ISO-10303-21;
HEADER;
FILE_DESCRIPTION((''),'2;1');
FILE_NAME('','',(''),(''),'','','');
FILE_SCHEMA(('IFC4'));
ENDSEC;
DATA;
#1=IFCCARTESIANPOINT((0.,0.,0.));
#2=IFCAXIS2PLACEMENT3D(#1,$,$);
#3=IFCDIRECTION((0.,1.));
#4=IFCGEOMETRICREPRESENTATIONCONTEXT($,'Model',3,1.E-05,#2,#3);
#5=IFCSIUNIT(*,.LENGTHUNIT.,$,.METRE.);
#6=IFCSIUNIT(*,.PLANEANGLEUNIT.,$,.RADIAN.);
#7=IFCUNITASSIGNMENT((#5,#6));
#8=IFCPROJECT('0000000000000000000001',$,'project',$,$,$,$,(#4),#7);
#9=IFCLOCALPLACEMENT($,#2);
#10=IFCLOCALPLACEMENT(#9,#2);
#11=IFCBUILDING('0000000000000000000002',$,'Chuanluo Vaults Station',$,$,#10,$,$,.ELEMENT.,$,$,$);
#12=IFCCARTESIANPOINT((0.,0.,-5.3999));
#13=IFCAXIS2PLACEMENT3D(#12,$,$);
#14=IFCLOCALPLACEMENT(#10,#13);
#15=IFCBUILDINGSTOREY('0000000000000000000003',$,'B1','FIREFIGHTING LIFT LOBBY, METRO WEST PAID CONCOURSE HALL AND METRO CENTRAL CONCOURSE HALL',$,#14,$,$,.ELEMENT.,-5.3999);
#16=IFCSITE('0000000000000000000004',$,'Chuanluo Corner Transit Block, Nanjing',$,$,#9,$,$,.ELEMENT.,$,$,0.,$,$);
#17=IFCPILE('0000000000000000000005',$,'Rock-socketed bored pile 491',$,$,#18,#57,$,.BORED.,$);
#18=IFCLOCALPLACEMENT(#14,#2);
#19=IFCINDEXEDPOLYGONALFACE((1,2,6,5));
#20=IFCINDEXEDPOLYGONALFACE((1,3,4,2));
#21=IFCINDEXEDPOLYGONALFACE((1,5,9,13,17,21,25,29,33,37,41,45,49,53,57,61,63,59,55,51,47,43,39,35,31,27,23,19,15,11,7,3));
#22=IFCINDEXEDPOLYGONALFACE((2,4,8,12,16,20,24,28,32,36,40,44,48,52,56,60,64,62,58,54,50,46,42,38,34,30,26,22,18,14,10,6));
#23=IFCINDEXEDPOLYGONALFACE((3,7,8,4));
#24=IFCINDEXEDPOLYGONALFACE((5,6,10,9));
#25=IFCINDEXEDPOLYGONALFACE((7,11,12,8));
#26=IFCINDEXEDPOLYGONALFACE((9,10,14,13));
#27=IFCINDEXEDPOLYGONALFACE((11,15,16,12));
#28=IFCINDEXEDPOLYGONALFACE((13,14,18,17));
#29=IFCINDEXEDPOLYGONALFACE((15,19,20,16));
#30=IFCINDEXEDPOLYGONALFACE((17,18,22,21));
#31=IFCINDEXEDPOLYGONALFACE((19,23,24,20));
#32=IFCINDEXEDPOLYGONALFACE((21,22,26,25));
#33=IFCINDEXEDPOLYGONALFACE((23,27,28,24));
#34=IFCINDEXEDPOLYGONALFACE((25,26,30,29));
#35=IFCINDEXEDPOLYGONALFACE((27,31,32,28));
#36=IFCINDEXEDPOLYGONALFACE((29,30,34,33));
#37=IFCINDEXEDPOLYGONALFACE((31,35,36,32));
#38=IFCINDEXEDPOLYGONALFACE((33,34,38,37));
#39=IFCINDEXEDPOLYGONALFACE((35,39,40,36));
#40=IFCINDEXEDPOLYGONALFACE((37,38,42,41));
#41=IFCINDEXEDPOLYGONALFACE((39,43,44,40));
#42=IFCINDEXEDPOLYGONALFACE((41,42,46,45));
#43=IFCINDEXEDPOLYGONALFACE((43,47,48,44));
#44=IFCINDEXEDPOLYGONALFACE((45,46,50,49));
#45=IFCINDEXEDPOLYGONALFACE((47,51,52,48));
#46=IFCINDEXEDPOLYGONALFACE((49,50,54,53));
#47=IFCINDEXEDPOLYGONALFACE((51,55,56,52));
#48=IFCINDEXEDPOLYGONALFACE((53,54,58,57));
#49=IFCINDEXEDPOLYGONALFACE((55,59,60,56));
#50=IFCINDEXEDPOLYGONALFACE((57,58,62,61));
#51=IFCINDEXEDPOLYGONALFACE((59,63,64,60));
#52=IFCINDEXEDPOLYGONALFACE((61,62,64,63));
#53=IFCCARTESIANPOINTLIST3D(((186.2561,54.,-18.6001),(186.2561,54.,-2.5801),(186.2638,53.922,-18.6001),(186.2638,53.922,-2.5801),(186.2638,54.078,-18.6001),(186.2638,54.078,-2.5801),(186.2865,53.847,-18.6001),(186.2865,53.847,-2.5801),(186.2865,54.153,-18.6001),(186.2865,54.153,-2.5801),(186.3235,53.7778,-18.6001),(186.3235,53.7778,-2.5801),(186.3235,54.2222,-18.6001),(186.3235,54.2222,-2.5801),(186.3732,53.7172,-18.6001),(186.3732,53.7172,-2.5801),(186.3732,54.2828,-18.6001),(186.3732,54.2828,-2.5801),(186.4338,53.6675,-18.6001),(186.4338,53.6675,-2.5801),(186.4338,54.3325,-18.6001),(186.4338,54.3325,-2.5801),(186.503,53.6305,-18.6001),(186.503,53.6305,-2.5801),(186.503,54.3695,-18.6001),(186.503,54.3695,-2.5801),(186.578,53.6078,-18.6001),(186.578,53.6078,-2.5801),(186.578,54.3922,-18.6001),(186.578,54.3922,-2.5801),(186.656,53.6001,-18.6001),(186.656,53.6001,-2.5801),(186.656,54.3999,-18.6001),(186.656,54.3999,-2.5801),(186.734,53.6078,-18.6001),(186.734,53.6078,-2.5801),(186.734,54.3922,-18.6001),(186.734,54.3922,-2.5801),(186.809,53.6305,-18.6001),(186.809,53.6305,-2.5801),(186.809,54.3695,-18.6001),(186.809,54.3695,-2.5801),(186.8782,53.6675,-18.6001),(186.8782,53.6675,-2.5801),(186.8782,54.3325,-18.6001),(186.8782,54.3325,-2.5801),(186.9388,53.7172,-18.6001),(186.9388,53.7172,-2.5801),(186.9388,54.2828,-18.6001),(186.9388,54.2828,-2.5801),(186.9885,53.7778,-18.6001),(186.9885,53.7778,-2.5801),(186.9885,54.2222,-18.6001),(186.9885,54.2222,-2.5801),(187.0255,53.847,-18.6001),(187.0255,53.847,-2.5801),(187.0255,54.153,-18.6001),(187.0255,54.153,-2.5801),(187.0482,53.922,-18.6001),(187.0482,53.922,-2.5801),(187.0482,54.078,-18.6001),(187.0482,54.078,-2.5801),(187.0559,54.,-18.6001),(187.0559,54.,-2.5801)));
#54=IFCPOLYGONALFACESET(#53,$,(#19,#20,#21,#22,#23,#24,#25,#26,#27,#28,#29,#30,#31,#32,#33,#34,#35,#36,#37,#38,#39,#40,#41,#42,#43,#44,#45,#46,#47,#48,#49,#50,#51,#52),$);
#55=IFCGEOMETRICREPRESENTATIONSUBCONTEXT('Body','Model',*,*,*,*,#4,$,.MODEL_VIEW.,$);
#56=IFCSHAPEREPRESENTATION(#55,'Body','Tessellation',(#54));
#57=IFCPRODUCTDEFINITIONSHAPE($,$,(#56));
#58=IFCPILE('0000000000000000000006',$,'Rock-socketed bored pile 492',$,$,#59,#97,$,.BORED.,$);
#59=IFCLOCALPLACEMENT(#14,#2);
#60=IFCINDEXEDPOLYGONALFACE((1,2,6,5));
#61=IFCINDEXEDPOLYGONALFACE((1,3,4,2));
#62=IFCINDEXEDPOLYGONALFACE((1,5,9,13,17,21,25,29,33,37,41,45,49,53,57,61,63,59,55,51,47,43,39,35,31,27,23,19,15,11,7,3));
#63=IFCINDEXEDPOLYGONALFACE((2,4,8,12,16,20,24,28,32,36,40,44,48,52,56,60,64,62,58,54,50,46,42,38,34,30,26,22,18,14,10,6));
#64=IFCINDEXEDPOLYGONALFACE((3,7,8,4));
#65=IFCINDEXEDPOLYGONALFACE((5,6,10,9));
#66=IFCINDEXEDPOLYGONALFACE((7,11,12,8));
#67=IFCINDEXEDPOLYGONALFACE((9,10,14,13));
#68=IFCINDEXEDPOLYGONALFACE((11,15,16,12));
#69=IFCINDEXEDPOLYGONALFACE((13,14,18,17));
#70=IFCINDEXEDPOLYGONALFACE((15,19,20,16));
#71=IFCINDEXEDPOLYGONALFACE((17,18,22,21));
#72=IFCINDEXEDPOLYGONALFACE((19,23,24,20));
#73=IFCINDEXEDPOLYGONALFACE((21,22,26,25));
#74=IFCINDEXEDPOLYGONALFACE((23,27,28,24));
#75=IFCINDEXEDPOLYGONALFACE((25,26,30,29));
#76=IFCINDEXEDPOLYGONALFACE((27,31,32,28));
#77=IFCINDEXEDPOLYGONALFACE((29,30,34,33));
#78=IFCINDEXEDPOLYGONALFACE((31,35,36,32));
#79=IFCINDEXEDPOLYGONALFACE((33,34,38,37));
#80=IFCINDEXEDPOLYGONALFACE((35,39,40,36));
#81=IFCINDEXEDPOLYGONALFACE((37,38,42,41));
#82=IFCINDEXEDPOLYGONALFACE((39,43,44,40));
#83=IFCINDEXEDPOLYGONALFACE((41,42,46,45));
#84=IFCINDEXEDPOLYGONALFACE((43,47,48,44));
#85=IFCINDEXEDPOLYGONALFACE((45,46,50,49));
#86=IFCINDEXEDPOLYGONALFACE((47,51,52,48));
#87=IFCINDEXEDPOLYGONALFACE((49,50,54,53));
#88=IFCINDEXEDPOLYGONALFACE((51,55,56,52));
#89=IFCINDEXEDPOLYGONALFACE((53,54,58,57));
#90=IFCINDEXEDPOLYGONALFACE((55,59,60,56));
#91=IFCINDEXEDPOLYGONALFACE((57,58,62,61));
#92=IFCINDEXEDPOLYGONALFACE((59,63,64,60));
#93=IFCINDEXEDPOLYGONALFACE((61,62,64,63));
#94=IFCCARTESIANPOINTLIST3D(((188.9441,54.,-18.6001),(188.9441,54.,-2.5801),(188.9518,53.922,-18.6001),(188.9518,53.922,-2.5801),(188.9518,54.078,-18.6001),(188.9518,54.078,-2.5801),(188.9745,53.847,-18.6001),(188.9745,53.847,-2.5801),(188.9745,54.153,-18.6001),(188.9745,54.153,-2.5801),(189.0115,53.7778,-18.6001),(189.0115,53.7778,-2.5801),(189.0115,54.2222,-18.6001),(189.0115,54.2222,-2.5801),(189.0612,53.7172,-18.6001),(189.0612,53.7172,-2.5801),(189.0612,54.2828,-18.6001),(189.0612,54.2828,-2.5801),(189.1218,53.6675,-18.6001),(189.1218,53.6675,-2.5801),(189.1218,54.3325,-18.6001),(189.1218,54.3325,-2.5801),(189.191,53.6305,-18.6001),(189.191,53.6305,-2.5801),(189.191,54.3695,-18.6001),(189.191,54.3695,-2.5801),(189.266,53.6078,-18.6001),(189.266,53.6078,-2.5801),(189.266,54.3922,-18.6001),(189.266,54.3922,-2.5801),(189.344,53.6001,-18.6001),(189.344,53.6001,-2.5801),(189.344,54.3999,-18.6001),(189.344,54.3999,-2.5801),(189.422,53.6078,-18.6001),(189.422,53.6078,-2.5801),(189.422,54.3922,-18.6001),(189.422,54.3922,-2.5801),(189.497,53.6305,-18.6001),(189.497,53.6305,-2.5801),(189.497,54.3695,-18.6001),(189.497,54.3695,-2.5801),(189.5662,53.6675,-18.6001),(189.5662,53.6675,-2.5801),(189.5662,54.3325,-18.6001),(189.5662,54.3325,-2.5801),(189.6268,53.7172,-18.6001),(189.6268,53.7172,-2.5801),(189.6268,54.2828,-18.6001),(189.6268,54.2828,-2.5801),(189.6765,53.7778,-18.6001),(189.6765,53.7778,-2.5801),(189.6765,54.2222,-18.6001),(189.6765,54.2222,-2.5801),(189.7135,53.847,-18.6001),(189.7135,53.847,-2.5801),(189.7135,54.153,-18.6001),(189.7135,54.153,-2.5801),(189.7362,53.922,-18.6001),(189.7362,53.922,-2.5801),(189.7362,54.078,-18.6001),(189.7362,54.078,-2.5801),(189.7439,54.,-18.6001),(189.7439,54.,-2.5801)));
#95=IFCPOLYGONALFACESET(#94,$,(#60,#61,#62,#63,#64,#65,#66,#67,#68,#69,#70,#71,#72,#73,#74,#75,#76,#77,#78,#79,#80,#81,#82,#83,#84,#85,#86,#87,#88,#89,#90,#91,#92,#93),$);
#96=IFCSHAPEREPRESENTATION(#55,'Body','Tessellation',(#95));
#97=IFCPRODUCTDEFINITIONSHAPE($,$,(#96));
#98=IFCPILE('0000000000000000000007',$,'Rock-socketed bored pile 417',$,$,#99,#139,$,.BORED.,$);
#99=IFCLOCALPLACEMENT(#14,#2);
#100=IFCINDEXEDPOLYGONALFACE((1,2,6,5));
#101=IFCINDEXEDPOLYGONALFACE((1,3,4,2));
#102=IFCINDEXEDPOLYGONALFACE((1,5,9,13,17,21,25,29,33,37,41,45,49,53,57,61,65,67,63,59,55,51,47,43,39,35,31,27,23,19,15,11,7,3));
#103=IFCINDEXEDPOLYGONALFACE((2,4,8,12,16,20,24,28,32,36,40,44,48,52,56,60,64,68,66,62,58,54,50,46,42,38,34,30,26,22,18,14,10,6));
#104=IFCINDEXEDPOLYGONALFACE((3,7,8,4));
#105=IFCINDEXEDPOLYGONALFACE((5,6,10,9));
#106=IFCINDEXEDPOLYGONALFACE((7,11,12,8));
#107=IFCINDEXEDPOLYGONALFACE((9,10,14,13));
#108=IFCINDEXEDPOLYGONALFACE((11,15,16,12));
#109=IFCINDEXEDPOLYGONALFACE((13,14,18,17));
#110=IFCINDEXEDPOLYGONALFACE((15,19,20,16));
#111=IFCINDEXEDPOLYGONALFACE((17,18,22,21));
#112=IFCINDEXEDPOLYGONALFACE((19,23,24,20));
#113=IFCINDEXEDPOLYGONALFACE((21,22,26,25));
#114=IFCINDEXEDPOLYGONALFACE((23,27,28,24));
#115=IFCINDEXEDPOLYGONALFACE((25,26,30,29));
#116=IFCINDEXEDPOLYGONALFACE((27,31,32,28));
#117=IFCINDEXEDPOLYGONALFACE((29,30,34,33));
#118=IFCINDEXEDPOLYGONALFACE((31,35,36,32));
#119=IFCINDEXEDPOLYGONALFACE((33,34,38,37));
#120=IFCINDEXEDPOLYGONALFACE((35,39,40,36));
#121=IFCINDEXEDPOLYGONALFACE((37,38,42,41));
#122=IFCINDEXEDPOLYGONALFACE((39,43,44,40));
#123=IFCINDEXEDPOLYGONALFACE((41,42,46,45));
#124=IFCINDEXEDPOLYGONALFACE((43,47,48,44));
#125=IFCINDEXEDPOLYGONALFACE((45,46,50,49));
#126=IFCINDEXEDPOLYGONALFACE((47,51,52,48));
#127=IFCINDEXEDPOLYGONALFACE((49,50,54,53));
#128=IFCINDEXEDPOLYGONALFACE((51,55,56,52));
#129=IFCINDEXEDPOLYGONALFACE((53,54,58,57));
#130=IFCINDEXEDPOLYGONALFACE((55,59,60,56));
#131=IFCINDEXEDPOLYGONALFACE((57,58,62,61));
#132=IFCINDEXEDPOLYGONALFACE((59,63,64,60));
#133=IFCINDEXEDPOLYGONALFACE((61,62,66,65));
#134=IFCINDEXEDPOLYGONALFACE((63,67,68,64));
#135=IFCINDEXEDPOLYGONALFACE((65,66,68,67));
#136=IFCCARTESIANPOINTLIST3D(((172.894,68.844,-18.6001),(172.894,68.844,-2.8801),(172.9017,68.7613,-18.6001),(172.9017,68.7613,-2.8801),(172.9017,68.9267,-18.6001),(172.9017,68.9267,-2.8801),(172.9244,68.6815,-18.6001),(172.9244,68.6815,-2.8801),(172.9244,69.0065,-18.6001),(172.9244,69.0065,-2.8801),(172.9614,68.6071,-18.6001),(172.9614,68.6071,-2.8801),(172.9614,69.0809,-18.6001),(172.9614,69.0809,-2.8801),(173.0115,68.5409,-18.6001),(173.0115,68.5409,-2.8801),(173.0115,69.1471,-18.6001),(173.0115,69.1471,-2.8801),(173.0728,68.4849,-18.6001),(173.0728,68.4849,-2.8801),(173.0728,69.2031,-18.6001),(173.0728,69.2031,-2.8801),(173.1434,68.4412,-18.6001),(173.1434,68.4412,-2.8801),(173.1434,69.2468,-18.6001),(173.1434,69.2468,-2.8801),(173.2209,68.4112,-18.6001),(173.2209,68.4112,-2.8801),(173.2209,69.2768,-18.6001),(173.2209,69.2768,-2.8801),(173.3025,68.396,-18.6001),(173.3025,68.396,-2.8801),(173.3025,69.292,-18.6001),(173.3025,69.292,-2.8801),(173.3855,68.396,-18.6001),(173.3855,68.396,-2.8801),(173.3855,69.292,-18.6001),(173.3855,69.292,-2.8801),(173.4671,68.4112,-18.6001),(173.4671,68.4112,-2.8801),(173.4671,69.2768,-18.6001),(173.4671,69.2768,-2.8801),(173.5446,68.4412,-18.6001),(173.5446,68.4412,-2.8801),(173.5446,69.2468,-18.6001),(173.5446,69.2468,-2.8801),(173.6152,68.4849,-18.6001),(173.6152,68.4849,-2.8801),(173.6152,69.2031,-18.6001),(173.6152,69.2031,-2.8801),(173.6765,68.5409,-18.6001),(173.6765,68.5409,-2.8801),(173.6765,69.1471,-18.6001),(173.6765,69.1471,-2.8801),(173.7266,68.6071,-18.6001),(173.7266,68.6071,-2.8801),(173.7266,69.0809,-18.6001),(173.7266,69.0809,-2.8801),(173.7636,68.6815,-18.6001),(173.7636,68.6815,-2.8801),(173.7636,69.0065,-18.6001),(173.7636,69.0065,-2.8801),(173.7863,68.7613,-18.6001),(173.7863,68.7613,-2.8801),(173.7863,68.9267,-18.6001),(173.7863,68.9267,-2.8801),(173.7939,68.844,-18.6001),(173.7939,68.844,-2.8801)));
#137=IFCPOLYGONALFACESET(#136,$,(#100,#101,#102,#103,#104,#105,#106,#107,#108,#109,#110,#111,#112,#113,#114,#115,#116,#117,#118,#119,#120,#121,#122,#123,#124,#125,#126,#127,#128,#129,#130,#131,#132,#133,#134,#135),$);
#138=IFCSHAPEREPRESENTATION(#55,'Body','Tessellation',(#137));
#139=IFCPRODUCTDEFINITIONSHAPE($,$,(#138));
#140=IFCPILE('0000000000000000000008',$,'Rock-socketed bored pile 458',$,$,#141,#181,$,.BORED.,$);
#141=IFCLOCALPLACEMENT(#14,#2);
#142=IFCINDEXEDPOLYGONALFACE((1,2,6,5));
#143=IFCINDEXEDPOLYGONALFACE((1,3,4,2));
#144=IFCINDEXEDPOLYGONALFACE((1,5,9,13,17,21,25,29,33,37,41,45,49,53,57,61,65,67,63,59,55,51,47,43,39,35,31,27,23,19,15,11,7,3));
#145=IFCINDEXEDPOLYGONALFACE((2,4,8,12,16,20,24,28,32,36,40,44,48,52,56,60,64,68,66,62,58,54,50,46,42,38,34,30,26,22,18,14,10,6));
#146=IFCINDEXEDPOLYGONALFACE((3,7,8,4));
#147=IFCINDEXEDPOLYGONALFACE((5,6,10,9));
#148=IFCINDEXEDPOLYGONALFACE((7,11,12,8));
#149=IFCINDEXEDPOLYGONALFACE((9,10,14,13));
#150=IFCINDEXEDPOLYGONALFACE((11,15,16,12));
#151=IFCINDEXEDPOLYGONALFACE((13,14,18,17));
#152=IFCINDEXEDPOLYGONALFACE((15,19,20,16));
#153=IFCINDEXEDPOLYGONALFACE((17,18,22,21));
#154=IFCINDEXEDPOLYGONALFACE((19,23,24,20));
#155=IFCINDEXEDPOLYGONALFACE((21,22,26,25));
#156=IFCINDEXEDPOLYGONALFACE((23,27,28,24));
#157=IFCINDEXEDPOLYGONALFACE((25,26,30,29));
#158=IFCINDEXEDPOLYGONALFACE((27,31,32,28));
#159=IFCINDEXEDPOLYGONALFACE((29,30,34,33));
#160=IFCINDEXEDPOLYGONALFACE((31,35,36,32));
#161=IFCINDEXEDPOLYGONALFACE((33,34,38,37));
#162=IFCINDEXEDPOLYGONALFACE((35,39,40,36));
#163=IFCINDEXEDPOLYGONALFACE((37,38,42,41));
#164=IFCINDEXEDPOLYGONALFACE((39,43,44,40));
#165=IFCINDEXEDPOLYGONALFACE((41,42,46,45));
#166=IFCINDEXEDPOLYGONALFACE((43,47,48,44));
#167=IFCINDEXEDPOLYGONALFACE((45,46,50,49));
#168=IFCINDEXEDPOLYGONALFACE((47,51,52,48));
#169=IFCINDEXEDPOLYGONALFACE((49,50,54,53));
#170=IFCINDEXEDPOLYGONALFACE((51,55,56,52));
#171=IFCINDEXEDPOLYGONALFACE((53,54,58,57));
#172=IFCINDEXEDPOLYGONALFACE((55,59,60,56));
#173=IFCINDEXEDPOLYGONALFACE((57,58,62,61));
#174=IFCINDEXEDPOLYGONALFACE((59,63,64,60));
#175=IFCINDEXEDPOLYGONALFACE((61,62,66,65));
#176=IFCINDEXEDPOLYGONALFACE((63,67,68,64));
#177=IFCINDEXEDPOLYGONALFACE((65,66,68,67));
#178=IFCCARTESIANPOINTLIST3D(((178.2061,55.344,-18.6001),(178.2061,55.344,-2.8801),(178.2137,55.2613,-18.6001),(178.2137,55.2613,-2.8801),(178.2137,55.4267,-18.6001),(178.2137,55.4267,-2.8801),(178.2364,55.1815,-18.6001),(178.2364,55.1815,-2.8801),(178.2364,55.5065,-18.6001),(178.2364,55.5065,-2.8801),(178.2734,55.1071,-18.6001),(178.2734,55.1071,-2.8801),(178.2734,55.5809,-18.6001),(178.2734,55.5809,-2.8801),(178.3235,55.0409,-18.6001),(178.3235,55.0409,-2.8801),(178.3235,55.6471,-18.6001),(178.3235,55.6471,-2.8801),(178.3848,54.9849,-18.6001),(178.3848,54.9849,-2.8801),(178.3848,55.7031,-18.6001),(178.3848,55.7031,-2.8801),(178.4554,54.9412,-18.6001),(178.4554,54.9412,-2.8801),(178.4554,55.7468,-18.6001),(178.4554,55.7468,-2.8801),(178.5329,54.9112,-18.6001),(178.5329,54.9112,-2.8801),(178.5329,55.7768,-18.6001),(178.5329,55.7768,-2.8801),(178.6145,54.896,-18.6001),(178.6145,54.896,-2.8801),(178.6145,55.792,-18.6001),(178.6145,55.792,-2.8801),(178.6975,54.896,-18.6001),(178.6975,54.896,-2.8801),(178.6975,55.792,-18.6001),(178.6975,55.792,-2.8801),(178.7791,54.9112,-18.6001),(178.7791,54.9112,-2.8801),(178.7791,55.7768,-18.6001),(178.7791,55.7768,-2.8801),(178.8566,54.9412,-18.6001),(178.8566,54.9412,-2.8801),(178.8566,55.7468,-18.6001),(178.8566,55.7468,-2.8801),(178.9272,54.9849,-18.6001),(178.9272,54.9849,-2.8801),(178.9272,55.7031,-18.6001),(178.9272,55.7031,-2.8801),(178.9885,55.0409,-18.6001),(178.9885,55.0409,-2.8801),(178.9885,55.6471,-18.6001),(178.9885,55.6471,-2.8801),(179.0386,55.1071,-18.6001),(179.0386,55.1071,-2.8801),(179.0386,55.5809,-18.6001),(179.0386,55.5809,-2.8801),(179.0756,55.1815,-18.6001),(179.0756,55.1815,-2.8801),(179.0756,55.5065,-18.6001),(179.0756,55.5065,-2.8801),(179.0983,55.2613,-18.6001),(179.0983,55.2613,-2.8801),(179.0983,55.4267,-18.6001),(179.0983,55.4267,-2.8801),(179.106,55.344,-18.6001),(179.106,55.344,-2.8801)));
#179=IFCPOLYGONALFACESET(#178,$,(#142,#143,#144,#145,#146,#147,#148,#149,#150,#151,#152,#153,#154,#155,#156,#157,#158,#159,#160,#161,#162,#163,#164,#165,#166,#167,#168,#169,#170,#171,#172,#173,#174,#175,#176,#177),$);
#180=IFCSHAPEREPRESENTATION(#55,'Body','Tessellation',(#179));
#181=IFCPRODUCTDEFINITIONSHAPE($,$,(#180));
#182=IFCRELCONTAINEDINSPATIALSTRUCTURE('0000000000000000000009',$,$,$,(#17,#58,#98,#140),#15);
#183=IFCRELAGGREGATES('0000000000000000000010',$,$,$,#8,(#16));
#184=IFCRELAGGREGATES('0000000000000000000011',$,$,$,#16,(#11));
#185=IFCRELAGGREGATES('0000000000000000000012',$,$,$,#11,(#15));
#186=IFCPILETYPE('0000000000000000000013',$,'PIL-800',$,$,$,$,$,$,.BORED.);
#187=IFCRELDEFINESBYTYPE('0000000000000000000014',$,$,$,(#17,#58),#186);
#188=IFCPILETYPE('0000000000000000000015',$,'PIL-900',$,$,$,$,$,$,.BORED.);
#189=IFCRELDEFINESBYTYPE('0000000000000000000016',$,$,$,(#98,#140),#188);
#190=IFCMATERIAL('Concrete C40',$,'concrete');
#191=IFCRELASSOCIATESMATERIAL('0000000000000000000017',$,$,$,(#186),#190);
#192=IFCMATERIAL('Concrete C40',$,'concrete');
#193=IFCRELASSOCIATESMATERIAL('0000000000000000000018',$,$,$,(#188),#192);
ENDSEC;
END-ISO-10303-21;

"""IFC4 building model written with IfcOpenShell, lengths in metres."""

from ifc_helpers import new_model, si_unit, direction, frame, origin, origin_2d, place, context, subcontext, project, spatial, circle, extrude, material, material_profile, profile_set, type_object, element, save


model = new_model("IFC4")

# Units and contexts
model_context = context("Model", 3, precision=1e-05, world=origin(), true_north=direction((0.0, 1.0)))
body_context = subcontext(model_context, "Body", "Model", "MODEL_VIEW")
ifc_project = project(units=[si_unit("LENGTHUNIT", "METRE"), si_unit("PLANEANGLEUNIT", "RADIAN")], contexts=[model_context])

# Site, building, storey
site_placement = place(None, origin())
site = spatial("IfcSite", under=ifc_project, at=site_placement, Name="Chuanluo Corner Transit Block, Nanjing", CompositionType="ELEMENT", RefElevation=0.0)
building_placement = place(site_placement, origin())
building = spatial("IfcBuilding", under=site, at=building_placement, Name="Chuanluo Vaults Station", CompositionType="ELEMENT")
storey_placement = place(building_placement, frame((0.0, 0.0, -5.3999)))
storey = spatial("IfcBuildingStorey", under=building, at=storey_placement, Name="B1", Description="FIREFIGHTING LIFT LOBBY, METRO WEST PAID CONCOURSE HALL AND METRO CENTRAL CONCOURSE HALL", CompositionType="ELEMENT", Elevation=-5.3999)

# Piles
ifc_material_1 = material(Name="Concrete C40", Category="concrete")
ifc_material_profile_1 = material_profile(ifc_material_1, circle(Radius=0.3999, at=origin_2d()))
ifc_profile_set_1 = profile_set([ifc_material_profile_1], Name="Concrete C40")
pile_type_1 = type_object("IfcPileType", Name="PIL-800", PredefinedType="BORED", material=ifc_profile_set_1)
for number, where, z_axis, x_axis, name in (
    (1, (186.656, 54.0, -2.5801), (0.0, 0.0, -1.0), (1.0, 0.0, 0.0), "Rock-socketed bored pile 491"),
    (2, (189.344, 54.0, -2.5801), (0.0, 0.0, -1.0), (1.0, 0.0, 0.0), "Rock-socketed bored pile 492"),
):
    element("IfcPile", number, at=place(storey_placement, frame(where, z_axis=z_axis, x_axis=x_axis)), inside=storey, type_object=pile_type_1, Name=name, PredefinedType="BORED", context=body_context, shape_type="SweptSolid", body=[
        extrude(circle(Radius=0.3999, at=origin_2d()), origin(), (0.0, 0.0, 1.0), 16.02),
    ])
ifc_material_2 = material(Name="Concrete C40", Category="concrete")
ifc_material_profile_2 = material_profile(ifc_material_2, circle(Radius=0.45, at=origin_2d()))
ifc_profile_set_2 = profile_set([ifc_material_profile_2], Name="Concrete C40")
pile_type_2 = type_object("IfcPileType", Name="PIL-900", PredefinedType="BORED", material=ifc_profile_set_2)
for number, where, z_axis, x_axis, name in (
    (3, (173.344, 68.844, -2.8801), (0.0, 0.0, -1.0), (1.0, 0.0, 0.0), "Rock-socketed bored pile 417"),
    (4, (178.656, 55.344, -2.8801), (0.0, 0.0, -1.0), (1.0, 0.0, 0.0), "Rock-socketed bored pile 458"),
):
    element("IfcPile", number, at=place(storey_placement, frame(where, z_axis=z_axis, x_axis=x_axis)), inside=storey, type_object=pile_type_2, Name=name, PredefinedType="BORED", context=body_context, shape_type="SweptSolid", body=[
        extrude(circle(Radius=0.45, at=origin_2d()), origin(), (0.0, 0.0, 1.0), 15.72),
    ])

save(model, "model.ifc")
